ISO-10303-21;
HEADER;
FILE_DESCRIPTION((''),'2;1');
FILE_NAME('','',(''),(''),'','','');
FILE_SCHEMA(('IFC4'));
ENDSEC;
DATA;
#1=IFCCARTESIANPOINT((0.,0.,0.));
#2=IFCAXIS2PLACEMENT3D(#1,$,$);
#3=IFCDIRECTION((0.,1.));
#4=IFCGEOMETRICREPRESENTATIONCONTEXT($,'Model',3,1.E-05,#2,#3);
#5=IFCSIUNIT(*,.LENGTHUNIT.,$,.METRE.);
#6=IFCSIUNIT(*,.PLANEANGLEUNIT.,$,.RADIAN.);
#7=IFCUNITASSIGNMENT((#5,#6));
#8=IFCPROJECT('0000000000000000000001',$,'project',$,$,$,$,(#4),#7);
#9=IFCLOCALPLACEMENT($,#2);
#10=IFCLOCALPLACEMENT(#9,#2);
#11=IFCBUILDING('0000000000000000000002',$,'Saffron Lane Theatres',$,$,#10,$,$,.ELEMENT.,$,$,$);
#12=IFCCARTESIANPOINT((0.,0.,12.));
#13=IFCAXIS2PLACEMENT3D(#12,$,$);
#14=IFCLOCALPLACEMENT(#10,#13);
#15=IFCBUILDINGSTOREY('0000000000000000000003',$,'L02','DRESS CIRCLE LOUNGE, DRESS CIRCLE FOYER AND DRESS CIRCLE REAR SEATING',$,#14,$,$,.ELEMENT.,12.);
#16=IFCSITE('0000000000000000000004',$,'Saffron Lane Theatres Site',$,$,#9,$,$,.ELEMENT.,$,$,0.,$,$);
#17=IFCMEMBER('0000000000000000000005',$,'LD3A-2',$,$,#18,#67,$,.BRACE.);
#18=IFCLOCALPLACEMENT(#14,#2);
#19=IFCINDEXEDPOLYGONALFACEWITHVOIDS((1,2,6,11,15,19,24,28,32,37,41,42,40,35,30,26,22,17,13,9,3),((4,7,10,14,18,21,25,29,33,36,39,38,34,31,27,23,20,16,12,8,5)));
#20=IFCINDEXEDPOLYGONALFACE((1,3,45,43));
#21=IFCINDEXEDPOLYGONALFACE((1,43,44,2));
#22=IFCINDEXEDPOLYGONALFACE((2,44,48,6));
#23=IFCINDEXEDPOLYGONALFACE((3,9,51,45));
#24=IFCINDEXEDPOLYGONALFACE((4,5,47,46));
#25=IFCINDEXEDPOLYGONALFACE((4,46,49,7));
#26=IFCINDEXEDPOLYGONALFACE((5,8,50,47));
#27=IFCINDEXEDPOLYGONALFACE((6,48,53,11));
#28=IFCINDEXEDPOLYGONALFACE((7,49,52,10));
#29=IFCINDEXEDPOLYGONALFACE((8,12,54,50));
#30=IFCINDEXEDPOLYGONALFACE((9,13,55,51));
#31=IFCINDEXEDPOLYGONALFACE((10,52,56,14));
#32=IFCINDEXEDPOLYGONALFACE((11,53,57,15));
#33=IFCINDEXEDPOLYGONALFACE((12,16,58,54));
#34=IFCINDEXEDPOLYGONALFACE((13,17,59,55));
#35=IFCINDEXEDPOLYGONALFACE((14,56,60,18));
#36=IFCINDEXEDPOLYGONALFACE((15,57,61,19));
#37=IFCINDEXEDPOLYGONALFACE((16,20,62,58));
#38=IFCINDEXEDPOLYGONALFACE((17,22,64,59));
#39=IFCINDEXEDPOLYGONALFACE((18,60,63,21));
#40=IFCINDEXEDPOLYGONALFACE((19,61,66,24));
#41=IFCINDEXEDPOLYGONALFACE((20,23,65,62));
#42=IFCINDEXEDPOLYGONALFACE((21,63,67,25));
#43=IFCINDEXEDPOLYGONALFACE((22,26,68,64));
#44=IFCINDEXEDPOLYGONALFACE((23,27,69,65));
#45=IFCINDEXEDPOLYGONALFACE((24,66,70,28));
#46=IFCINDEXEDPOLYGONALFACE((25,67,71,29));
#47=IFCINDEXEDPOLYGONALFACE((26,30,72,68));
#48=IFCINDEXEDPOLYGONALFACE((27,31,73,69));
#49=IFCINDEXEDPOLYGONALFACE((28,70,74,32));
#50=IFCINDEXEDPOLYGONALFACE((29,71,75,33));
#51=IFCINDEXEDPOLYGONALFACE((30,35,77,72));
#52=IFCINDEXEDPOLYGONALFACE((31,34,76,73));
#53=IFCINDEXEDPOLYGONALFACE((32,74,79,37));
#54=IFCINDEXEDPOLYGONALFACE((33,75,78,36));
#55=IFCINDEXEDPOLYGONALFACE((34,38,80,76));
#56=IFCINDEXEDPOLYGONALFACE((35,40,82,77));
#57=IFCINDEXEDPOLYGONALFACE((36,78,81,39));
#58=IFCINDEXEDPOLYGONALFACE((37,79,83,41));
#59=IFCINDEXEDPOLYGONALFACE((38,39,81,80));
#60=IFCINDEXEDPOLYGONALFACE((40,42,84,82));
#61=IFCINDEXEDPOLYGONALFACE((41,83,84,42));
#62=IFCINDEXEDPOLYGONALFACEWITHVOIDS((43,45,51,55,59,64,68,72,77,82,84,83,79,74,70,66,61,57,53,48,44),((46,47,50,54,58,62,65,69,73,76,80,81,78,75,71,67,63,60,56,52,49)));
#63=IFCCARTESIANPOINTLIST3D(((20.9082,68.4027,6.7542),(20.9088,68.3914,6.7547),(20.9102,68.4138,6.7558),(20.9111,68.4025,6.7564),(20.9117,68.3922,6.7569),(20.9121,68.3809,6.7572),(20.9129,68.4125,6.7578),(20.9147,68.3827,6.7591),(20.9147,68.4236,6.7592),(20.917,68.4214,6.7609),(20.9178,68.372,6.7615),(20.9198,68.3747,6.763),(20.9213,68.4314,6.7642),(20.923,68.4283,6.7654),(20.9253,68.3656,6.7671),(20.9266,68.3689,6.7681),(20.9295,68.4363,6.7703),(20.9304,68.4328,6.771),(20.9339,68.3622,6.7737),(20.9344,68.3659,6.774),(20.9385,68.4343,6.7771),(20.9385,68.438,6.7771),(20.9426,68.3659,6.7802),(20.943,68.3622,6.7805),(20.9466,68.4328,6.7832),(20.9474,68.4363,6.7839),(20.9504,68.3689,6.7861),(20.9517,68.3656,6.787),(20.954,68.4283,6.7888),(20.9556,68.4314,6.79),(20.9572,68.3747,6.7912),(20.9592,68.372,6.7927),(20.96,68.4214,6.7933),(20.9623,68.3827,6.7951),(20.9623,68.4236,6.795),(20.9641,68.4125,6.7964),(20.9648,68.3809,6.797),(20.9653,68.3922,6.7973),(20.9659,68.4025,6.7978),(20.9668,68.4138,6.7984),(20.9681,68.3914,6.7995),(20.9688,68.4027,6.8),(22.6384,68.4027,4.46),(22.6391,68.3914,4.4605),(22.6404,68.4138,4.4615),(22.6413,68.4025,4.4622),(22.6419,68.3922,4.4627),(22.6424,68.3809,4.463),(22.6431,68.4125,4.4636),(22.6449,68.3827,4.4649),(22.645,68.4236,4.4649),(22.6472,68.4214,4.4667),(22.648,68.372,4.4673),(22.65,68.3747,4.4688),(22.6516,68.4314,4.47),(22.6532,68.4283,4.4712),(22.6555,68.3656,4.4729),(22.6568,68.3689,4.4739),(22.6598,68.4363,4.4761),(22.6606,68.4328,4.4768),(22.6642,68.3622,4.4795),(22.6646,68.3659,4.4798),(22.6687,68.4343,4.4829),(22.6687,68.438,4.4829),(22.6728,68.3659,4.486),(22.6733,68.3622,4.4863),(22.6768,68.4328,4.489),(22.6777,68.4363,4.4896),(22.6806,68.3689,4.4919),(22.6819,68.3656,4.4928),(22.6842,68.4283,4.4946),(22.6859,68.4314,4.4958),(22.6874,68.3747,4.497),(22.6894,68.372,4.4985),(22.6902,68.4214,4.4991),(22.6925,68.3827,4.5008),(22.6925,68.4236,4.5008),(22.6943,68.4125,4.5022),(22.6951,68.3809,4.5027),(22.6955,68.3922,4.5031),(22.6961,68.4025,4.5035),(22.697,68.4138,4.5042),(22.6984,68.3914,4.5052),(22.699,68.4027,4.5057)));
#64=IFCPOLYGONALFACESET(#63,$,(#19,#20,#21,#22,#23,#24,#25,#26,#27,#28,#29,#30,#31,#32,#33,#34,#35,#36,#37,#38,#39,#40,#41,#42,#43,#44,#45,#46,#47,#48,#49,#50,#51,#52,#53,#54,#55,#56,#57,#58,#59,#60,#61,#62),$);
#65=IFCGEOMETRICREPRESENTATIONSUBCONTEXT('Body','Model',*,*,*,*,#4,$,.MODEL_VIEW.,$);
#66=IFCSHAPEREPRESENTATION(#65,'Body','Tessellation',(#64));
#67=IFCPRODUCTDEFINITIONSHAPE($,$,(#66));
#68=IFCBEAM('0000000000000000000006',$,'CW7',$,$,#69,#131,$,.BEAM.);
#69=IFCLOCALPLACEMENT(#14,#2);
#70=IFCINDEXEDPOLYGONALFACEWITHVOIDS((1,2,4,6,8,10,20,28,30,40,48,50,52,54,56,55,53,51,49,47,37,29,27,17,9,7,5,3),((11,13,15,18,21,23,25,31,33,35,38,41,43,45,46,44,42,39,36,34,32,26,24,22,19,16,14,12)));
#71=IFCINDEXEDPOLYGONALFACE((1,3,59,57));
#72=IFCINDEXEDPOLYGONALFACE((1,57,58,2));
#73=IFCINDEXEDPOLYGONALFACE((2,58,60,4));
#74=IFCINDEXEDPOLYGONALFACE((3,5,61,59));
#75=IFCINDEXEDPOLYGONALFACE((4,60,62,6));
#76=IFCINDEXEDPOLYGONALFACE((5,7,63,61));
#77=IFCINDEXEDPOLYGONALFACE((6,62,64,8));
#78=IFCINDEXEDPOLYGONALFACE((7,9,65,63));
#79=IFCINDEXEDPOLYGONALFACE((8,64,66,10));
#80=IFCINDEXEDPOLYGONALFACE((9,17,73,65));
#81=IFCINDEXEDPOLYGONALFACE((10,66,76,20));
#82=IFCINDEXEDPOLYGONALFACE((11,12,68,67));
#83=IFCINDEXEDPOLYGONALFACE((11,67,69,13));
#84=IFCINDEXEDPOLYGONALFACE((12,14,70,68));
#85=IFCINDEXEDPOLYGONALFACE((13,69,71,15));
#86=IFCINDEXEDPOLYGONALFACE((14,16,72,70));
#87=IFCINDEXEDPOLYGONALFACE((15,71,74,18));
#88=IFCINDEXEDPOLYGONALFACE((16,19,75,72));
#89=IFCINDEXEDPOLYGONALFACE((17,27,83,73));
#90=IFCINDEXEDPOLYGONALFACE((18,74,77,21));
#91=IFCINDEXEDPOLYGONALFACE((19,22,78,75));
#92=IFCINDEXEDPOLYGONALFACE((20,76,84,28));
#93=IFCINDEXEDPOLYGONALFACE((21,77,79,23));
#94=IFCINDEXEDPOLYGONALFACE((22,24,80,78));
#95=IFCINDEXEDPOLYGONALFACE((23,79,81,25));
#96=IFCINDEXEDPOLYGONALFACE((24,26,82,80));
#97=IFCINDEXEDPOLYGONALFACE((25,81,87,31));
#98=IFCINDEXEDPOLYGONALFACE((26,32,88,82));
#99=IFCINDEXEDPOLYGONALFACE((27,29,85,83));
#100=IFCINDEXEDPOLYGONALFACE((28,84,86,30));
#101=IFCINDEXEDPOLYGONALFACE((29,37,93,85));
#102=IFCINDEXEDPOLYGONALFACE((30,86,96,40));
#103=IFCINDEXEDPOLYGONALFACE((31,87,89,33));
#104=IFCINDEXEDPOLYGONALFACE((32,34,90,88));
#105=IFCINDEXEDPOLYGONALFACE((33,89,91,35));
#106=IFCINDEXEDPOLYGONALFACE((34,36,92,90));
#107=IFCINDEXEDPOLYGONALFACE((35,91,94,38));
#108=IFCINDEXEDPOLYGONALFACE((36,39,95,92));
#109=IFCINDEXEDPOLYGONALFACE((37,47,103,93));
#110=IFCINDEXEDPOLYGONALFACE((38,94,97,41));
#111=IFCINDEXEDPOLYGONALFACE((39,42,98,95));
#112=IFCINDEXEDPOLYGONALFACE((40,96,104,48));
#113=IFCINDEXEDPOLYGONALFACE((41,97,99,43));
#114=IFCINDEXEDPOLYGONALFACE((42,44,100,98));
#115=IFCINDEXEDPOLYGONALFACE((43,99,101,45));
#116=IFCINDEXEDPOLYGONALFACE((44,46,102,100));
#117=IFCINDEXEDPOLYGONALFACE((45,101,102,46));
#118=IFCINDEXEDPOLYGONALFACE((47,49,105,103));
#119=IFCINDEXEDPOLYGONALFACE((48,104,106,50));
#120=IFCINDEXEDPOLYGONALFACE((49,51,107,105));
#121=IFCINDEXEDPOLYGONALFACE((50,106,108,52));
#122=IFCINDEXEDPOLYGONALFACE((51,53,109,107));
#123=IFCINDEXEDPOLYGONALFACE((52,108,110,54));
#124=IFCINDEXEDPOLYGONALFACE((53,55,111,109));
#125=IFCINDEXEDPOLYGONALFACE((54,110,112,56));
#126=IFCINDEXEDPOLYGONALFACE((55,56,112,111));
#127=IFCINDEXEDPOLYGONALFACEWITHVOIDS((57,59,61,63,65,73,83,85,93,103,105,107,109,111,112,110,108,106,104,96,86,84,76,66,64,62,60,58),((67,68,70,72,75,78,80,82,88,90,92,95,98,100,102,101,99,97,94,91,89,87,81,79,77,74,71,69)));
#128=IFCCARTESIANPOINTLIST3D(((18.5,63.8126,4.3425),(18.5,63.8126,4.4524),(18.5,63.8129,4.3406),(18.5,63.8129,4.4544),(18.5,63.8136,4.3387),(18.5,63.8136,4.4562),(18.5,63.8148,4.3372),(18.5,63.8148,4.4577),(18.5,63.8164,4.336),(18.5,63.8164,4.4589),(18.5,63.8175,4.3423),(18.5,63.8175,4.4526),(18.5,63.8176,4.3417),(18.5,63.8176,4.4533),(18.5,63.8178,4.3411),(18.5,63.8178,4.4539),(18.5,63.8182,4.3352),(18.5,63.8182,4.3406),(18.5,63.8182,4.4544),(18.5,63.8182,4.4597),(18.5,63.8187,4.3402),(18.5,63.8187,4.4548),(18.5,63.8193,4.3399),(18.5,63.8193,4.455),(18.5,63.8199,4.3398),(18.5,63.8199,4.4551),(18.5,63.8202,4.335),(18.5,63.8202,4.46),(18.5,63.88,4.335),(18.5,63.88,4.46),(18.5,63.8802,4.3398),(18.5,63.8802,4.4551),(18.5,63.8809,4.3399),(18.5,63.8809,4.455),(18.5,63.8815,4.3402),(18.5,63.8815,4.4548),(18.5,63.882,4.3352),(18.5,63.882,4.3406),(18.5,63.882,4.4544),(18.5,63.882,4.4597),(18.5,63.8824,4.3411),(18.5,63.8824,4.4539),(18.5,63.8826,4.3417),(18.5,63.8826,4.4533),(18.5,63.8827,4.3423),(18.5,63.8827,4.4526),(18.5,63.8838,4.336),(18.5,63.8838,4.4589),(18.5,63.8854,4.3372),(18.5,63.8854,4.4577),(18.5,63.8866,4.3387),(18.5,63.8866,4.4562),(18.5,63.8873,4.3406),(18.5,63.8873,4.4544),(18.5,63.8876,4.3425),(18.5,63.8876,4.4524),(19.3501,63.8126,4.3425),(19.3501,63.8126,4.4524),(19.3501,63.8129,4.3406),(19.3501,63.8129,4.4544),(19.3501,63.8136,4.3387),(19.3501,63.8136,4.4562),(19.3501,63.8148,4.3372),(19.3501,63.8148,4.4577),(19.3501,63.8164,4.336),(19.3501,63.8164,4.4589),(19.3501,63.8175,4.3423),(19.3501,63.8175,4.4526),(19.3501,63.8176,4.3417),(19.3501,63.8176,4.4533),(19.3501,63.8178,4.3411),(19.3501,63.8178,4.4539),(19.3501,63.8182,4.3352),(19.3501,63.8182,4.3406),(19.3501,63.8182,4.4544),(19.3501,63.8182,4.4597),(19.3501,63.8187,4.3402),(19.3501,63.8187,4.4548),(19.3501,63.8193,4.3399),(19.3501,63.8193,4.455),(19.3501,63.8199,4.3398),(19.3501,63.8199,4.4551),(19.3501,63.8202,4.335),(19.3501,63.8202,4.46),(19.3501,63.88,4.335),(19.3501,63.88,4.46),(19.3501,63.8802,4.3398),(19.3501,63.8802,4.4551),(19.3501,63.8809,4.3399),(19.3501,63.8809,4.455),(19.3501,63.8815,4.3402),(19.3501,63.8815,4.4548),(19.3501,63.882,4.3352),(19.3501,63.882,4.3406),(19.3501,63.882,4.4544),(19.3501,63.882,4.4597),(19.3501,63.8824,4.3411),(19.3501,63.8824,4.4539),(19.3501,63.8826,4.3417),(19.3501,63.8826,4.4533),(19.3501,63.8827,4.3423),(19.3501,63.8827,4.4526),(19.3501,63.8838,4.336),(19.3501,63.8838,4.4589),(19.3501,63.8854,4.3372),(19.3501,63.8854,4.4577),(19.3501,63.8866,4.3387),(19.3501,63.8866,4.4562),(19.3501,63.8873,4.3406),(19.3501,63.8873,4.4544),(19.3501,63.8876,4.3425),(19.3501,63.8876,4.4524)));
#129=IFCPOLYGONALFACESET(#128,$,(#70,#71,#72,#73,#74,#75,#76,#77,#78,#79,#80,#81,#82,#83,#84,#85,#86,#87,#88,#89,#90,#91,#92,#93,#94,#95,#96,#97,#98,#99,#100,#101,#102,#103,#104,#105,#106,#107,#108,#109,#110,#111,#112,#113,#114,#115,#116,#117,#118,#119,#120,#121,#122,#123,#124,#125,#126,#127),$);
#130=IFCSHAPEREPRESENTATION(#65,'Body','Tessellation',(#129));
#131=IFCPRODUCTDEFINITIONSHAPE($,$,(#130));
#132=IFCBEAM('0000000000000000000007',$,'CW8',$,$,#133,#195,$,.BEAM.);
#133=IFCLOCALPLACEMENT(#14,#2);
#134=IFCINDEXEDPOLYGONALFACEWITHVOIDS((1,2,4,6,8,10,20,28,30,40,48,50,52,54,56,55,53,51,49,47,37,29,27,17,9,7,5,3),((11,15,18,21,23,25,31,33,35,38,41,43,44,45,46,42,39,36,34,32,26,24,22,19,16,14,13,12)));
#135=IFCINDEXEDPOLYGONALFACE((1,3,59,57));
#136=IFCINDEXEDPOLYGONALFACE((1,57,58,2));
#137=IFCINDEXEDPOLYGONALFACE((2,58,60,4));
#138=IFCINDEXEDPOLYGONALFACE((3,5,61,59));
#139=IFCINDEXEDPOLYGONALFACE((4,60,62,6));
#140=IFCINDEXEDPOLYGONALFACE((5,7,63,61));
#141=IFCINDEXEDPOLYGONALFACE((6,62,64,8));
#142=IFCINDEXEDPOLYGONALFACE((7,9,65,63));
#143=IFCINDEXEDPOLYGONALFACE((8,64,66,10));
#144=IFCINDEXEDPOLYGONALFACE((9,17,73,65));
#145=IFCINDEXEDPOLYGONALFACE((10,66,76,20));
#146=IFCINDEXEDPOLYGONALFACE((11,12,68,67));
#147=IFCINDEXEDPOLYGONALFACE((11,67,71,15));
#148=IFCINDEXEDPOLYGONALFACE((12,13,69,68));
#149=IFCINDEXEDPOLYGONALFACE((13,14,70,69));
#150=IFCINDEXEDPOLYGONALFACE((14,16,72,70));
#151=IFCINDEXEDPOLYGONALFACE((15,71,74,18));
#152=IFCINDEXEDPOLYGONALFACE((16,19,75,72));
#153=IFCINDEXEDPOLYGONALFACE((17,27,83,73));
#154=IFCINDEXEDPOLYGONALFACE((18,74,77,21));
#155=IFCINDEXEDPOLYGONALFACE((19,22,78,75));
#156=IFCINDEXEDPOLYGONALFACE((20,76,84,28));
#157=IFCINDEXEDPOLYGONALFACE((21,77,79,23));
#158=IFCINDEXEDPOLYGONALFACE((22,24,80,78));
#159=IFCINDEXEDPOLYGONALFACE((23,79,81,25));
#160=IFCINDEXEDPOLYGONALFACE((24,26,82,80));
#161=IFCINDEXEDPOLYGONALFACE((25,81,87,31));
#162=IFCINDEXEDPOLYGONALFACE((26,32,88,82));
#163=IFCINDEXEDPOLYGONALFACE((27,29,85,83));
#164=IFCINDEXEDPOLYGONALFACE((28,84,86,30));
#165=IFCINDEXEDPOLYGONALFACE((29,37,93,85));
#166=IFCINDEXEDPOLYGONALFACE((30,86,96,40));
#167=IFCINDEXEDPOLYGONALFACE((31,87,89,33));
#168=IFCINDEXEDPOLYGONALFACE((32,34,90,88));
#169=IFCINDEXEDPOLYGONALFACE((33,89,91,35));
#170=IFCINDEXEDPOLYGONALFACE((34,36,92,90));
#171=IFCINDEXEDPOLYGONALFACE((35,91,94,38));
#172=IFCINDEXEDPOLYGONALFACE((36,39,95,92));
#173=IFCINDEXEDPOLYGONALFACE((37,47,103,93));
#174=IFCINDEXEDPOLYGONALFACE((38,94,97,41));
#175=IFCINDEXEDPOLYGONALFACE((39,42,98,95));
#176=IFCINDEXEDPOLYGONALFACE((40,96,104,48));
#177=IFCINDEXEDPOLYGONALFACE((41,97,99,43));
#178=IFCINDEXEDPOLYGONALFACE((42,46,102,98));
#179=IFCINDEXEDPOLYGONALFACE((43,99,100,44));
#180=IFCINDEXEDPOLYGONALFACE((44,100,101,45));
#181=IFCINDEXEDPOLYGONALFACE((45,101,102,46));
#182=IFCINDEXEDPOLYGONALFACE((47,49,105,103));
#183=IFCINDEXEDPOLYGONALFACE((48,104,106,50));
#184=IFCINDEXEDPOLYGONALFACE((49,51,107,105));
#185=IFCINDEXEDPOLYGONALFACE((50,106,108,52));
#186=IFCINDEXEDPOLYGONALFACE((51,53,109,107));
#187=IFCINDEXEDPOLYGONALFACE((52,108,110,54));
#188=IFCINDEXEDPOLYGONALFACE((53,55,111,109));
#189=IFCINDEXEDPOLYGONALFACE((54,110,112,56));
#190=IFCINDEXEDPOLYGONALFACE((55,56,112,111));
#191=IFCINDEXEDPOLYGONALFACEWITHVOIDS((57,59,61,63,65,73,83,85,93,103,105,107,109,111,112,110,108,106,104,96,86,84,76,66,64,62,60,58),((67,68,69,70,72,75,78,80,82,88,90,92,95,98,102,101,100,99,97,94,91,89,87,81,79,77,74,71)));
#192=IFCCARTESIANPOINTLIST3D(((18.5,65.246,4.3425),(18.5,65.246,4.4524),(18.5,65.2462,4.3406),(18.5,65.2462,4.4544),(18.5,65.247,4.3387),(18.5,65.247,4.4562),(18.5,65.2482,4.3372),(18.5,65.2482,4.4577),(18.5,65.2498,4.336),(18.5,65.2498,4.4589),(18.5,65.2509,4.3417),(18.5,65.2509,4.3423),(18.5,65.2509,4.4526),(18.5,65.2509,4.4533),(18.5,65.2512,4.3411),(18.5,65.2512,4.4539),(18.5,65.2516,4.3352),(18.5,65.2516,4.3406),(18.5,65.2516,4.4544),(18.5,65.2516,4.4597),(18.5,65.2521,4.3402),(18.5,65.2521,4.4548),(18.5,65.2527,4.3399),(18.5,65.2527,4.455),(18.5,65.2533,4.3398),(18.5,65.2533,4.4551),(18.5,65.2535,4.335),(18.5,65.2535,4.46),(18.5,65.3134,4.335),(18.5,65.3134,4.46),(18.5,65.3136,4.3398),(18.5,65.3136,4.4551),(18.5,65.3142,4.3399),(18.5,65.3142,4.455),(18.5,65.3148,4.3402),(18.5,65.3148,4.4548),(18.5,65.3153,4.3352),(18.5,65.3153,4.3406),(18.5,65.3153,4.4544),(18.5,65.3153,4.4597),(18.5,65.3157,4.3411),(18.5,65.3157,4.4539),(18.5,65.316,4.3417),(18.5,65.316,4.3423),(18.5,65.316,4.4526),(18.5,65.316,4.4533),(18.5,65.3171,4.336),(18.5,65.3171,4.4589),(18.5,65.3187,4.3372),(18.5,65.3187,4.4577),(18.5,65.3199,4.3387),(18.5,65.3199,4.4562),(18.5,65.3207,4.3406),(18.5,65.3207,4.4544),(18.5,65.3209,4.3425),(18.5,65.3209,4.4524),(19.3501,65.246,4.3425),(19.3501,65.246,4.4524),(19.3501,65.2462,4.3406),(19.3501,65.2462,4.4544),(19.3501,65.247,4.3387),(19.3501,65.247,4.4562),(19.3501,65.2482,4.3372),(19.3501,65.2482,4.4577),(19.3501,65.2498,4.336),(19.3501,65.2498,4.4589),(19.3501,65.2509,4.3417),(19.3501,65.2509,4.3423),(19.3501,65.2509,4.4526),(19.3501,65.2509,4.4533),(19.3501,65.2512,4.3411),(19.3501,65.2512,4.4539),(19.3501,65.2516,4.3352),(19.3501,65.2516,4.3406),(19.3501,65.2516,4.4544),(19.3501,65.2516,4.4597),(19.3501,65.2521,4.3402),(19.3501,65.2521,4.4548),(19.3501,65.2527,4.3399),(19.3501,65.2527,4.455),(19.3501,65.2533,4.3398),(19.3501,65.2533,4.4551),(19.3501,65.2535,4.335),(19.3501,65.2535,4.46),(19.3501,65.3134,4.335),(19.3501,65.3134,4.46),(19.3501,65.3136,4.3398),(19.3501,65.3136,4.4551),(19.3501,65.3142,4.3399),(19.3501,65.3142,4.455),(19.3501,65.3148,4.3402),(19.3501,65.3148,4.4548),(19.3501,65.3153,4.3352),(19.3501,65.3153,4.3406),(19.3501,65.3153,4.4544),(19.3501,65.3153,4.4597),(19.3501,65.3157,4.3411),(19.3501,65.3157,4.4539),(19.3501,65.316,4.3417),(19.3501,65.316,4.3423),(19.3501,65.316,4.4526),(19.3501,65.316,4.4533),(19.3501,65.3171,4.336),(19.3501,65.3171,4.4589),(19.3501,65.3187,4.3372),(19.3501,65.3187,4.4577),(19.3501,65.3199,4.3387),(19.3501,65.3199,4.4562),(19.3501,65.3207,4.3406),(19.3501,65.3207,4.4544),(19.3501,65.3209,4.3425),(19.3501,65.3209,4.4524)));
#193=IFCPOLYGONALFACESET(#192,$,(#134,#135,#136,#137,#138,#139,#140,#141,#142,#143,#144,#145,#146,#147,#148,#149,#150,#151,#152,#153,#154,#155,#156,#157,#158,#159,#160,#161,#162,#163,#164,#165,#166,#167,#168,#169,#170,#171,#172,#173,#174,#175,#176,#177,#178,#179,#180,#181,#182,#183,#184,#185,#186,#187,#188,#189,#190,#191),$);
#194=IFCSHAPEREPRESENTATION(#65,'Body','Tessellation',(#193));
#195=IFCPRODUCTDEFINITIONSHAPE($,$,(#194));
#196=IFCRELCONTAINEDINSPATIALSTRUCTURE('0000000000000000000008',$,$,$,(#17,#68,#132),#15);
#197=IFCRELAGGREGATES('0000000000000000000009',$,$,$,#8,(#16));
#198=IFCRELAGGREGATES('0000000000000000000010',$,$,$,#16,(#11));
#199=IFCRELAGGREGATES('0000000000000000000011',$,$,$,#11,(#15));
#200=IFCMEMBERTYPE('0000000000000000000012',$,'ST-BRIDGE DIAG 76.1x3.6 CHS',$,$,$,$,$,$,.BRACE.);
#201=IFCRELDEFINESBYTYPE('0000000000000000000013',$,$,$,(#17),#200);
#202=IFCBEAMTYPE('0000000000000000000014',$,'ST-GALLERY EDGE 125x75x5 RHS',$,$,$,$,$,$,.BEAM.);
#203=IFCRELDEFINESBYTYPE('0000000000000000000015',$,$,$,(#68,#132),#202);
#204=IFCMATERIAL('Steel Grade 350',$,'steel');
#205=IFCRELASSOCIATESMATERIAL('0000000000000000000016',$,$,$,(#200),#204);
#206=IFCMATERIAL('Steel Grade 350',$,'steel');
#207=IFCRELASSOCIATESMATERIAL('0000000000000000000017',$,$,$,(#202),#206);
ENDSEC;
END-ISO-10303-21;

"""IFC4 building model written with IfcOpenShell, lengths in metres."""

from ifc_helpers import new_model, si_unit, direction, frame, origin, origin_2d, place, context, subcontext, project, spatial, hollow_rectangle, hollow_circle, extrude, material, material_profile, profile_set, type_object, element, save


model = new_model("IFC4")

# Units and contexts
model_context = context("Model", 3, precision=1e-05, world=origin(), true_north=direction((0.0, 1.0)))
body_context = subcontext(model_context, "Body", "Model", "MODEL_VIEW")
ifc_project = project(units=[si_unit("LENGTHUNIT", "METRE"), si_unit("PLANEANGLEUNIT", "RADIAN")], contexts=[model_context])

# Site, building, storey
site_placement = place(None, origin())
site = spatial("IfcSite", under=ifc_project, at=site_placement, Name="Saffron Lane Theatres Site", CompositionType="ELEMENT", RefElevation=0.0)
building_placement = place(site_placement, origin())
building = spatial("IfcBuilding", under=site, at=building_placement, Name="Saffron Lane Theatres", CompositionType="ELEMENT")
storey_placement = place(building_placement, frame((0.0, 0.0, 12.0)))
storey = spatial("IfcBuildingStorey", under=building, at=storey_placement, Name="L02", Description="DRESS CIRCLE LOUNGE, DRESS CIRCLE FOYER AND DRESS CIRCLE REAR SEATING", CompositionType="ELEMENT", Elevation=12.0)

# Member
ifc_material_1 = material(Name="Steel Grade 350", Category="steel")
ifc_material_profile_1 = material_profile(ifc_material_1, hollow_circle(Radius=0.0381, WallThickness=0.0037, at=origin_2d()))
ifc_profile_set_1 = profile_set([ifc_material_profile_1], Name="Steel Grade 350")
member_type = type_object("IfcMemberType", Name="ST-BRIDGE DIAG 76.1x3.6 CHS", PredefinedType="BRACE", material=ifc_profile_set_1)
for number, where, z_axis, x_axis, name in (
    (1, (20.9385, 68.3999, 6.7771), (0.602132, 0.0, -0.798396), (0.0, 1.0, 0.0), "LD3A-2"),
):
    element("IfcMember", number, at=place(storey_placement, frame(where, z_axis=z_axis, x_axis=x_axis)), inside=storey, type_object=member_type, Name=name, PredefinedType="BRACE", context=body_context, shape_type="SweptSolid", body=[
        extrude(hollow_circle(Radius=0.0381, WallThickness=0.0037, at=origin_2d()), origin(), (0.0, 0.0, 1.0), 2.8735),
    ])

# Beams
ifc_material_2 = material(Name="Steel Grade 350", Category="steel")
ifc_material_profile_2 = material_profile(ifc_material_2, hollow_rectangle(XDim=0.075, YDim=0.125, WallThickness=0.0049, InnerFilletRadius=0.0024, OuterFilletRadius=0.0076, at=origin_2d()))
ifc_profile_set_2 = profile_set([ifc_material_profile_2], Name="Steel Grade 350")
beam_type_1 = type_object("IfcBeamType", Name="ST-GALLERY EDGE 125x75x5 RHS", PredefinedType="BEAM", material=ifc_profile_set_2)
for number, where, z_axis, x_axis, name in (
    (2, (18.5, 63.8501, 4.3975), (1.0, 0.0, 0.0), (0.0, 1.0, 0.0), "CW7"),
    (3, (18.5, 65.2834, 4.3975), (1.0, 0.0, 0.0), (0.0, 1.0, 0.0), "CW8"),
):
    element("IfcBeam", number, at=place(storey_placement, frame(where, z_axis=z_axis, x_axis=x_axis)), inside=storey, type_object=beam_type_1, Name=name, PredefinedType="BEAM", context=body_context, shape_type="SweptSolid", body=[
        extrude(hollow_rectangle(XDim=0.075, YDim=0.125, WallThickness=0.0049, InnerFilletRadius=0.0024, OuterFilletRadius=0.0076, at=origin_2d()), origin(), (0.0, 0.0, 1.0), 0.8501),
    ])

save(model, "model.ifc")
